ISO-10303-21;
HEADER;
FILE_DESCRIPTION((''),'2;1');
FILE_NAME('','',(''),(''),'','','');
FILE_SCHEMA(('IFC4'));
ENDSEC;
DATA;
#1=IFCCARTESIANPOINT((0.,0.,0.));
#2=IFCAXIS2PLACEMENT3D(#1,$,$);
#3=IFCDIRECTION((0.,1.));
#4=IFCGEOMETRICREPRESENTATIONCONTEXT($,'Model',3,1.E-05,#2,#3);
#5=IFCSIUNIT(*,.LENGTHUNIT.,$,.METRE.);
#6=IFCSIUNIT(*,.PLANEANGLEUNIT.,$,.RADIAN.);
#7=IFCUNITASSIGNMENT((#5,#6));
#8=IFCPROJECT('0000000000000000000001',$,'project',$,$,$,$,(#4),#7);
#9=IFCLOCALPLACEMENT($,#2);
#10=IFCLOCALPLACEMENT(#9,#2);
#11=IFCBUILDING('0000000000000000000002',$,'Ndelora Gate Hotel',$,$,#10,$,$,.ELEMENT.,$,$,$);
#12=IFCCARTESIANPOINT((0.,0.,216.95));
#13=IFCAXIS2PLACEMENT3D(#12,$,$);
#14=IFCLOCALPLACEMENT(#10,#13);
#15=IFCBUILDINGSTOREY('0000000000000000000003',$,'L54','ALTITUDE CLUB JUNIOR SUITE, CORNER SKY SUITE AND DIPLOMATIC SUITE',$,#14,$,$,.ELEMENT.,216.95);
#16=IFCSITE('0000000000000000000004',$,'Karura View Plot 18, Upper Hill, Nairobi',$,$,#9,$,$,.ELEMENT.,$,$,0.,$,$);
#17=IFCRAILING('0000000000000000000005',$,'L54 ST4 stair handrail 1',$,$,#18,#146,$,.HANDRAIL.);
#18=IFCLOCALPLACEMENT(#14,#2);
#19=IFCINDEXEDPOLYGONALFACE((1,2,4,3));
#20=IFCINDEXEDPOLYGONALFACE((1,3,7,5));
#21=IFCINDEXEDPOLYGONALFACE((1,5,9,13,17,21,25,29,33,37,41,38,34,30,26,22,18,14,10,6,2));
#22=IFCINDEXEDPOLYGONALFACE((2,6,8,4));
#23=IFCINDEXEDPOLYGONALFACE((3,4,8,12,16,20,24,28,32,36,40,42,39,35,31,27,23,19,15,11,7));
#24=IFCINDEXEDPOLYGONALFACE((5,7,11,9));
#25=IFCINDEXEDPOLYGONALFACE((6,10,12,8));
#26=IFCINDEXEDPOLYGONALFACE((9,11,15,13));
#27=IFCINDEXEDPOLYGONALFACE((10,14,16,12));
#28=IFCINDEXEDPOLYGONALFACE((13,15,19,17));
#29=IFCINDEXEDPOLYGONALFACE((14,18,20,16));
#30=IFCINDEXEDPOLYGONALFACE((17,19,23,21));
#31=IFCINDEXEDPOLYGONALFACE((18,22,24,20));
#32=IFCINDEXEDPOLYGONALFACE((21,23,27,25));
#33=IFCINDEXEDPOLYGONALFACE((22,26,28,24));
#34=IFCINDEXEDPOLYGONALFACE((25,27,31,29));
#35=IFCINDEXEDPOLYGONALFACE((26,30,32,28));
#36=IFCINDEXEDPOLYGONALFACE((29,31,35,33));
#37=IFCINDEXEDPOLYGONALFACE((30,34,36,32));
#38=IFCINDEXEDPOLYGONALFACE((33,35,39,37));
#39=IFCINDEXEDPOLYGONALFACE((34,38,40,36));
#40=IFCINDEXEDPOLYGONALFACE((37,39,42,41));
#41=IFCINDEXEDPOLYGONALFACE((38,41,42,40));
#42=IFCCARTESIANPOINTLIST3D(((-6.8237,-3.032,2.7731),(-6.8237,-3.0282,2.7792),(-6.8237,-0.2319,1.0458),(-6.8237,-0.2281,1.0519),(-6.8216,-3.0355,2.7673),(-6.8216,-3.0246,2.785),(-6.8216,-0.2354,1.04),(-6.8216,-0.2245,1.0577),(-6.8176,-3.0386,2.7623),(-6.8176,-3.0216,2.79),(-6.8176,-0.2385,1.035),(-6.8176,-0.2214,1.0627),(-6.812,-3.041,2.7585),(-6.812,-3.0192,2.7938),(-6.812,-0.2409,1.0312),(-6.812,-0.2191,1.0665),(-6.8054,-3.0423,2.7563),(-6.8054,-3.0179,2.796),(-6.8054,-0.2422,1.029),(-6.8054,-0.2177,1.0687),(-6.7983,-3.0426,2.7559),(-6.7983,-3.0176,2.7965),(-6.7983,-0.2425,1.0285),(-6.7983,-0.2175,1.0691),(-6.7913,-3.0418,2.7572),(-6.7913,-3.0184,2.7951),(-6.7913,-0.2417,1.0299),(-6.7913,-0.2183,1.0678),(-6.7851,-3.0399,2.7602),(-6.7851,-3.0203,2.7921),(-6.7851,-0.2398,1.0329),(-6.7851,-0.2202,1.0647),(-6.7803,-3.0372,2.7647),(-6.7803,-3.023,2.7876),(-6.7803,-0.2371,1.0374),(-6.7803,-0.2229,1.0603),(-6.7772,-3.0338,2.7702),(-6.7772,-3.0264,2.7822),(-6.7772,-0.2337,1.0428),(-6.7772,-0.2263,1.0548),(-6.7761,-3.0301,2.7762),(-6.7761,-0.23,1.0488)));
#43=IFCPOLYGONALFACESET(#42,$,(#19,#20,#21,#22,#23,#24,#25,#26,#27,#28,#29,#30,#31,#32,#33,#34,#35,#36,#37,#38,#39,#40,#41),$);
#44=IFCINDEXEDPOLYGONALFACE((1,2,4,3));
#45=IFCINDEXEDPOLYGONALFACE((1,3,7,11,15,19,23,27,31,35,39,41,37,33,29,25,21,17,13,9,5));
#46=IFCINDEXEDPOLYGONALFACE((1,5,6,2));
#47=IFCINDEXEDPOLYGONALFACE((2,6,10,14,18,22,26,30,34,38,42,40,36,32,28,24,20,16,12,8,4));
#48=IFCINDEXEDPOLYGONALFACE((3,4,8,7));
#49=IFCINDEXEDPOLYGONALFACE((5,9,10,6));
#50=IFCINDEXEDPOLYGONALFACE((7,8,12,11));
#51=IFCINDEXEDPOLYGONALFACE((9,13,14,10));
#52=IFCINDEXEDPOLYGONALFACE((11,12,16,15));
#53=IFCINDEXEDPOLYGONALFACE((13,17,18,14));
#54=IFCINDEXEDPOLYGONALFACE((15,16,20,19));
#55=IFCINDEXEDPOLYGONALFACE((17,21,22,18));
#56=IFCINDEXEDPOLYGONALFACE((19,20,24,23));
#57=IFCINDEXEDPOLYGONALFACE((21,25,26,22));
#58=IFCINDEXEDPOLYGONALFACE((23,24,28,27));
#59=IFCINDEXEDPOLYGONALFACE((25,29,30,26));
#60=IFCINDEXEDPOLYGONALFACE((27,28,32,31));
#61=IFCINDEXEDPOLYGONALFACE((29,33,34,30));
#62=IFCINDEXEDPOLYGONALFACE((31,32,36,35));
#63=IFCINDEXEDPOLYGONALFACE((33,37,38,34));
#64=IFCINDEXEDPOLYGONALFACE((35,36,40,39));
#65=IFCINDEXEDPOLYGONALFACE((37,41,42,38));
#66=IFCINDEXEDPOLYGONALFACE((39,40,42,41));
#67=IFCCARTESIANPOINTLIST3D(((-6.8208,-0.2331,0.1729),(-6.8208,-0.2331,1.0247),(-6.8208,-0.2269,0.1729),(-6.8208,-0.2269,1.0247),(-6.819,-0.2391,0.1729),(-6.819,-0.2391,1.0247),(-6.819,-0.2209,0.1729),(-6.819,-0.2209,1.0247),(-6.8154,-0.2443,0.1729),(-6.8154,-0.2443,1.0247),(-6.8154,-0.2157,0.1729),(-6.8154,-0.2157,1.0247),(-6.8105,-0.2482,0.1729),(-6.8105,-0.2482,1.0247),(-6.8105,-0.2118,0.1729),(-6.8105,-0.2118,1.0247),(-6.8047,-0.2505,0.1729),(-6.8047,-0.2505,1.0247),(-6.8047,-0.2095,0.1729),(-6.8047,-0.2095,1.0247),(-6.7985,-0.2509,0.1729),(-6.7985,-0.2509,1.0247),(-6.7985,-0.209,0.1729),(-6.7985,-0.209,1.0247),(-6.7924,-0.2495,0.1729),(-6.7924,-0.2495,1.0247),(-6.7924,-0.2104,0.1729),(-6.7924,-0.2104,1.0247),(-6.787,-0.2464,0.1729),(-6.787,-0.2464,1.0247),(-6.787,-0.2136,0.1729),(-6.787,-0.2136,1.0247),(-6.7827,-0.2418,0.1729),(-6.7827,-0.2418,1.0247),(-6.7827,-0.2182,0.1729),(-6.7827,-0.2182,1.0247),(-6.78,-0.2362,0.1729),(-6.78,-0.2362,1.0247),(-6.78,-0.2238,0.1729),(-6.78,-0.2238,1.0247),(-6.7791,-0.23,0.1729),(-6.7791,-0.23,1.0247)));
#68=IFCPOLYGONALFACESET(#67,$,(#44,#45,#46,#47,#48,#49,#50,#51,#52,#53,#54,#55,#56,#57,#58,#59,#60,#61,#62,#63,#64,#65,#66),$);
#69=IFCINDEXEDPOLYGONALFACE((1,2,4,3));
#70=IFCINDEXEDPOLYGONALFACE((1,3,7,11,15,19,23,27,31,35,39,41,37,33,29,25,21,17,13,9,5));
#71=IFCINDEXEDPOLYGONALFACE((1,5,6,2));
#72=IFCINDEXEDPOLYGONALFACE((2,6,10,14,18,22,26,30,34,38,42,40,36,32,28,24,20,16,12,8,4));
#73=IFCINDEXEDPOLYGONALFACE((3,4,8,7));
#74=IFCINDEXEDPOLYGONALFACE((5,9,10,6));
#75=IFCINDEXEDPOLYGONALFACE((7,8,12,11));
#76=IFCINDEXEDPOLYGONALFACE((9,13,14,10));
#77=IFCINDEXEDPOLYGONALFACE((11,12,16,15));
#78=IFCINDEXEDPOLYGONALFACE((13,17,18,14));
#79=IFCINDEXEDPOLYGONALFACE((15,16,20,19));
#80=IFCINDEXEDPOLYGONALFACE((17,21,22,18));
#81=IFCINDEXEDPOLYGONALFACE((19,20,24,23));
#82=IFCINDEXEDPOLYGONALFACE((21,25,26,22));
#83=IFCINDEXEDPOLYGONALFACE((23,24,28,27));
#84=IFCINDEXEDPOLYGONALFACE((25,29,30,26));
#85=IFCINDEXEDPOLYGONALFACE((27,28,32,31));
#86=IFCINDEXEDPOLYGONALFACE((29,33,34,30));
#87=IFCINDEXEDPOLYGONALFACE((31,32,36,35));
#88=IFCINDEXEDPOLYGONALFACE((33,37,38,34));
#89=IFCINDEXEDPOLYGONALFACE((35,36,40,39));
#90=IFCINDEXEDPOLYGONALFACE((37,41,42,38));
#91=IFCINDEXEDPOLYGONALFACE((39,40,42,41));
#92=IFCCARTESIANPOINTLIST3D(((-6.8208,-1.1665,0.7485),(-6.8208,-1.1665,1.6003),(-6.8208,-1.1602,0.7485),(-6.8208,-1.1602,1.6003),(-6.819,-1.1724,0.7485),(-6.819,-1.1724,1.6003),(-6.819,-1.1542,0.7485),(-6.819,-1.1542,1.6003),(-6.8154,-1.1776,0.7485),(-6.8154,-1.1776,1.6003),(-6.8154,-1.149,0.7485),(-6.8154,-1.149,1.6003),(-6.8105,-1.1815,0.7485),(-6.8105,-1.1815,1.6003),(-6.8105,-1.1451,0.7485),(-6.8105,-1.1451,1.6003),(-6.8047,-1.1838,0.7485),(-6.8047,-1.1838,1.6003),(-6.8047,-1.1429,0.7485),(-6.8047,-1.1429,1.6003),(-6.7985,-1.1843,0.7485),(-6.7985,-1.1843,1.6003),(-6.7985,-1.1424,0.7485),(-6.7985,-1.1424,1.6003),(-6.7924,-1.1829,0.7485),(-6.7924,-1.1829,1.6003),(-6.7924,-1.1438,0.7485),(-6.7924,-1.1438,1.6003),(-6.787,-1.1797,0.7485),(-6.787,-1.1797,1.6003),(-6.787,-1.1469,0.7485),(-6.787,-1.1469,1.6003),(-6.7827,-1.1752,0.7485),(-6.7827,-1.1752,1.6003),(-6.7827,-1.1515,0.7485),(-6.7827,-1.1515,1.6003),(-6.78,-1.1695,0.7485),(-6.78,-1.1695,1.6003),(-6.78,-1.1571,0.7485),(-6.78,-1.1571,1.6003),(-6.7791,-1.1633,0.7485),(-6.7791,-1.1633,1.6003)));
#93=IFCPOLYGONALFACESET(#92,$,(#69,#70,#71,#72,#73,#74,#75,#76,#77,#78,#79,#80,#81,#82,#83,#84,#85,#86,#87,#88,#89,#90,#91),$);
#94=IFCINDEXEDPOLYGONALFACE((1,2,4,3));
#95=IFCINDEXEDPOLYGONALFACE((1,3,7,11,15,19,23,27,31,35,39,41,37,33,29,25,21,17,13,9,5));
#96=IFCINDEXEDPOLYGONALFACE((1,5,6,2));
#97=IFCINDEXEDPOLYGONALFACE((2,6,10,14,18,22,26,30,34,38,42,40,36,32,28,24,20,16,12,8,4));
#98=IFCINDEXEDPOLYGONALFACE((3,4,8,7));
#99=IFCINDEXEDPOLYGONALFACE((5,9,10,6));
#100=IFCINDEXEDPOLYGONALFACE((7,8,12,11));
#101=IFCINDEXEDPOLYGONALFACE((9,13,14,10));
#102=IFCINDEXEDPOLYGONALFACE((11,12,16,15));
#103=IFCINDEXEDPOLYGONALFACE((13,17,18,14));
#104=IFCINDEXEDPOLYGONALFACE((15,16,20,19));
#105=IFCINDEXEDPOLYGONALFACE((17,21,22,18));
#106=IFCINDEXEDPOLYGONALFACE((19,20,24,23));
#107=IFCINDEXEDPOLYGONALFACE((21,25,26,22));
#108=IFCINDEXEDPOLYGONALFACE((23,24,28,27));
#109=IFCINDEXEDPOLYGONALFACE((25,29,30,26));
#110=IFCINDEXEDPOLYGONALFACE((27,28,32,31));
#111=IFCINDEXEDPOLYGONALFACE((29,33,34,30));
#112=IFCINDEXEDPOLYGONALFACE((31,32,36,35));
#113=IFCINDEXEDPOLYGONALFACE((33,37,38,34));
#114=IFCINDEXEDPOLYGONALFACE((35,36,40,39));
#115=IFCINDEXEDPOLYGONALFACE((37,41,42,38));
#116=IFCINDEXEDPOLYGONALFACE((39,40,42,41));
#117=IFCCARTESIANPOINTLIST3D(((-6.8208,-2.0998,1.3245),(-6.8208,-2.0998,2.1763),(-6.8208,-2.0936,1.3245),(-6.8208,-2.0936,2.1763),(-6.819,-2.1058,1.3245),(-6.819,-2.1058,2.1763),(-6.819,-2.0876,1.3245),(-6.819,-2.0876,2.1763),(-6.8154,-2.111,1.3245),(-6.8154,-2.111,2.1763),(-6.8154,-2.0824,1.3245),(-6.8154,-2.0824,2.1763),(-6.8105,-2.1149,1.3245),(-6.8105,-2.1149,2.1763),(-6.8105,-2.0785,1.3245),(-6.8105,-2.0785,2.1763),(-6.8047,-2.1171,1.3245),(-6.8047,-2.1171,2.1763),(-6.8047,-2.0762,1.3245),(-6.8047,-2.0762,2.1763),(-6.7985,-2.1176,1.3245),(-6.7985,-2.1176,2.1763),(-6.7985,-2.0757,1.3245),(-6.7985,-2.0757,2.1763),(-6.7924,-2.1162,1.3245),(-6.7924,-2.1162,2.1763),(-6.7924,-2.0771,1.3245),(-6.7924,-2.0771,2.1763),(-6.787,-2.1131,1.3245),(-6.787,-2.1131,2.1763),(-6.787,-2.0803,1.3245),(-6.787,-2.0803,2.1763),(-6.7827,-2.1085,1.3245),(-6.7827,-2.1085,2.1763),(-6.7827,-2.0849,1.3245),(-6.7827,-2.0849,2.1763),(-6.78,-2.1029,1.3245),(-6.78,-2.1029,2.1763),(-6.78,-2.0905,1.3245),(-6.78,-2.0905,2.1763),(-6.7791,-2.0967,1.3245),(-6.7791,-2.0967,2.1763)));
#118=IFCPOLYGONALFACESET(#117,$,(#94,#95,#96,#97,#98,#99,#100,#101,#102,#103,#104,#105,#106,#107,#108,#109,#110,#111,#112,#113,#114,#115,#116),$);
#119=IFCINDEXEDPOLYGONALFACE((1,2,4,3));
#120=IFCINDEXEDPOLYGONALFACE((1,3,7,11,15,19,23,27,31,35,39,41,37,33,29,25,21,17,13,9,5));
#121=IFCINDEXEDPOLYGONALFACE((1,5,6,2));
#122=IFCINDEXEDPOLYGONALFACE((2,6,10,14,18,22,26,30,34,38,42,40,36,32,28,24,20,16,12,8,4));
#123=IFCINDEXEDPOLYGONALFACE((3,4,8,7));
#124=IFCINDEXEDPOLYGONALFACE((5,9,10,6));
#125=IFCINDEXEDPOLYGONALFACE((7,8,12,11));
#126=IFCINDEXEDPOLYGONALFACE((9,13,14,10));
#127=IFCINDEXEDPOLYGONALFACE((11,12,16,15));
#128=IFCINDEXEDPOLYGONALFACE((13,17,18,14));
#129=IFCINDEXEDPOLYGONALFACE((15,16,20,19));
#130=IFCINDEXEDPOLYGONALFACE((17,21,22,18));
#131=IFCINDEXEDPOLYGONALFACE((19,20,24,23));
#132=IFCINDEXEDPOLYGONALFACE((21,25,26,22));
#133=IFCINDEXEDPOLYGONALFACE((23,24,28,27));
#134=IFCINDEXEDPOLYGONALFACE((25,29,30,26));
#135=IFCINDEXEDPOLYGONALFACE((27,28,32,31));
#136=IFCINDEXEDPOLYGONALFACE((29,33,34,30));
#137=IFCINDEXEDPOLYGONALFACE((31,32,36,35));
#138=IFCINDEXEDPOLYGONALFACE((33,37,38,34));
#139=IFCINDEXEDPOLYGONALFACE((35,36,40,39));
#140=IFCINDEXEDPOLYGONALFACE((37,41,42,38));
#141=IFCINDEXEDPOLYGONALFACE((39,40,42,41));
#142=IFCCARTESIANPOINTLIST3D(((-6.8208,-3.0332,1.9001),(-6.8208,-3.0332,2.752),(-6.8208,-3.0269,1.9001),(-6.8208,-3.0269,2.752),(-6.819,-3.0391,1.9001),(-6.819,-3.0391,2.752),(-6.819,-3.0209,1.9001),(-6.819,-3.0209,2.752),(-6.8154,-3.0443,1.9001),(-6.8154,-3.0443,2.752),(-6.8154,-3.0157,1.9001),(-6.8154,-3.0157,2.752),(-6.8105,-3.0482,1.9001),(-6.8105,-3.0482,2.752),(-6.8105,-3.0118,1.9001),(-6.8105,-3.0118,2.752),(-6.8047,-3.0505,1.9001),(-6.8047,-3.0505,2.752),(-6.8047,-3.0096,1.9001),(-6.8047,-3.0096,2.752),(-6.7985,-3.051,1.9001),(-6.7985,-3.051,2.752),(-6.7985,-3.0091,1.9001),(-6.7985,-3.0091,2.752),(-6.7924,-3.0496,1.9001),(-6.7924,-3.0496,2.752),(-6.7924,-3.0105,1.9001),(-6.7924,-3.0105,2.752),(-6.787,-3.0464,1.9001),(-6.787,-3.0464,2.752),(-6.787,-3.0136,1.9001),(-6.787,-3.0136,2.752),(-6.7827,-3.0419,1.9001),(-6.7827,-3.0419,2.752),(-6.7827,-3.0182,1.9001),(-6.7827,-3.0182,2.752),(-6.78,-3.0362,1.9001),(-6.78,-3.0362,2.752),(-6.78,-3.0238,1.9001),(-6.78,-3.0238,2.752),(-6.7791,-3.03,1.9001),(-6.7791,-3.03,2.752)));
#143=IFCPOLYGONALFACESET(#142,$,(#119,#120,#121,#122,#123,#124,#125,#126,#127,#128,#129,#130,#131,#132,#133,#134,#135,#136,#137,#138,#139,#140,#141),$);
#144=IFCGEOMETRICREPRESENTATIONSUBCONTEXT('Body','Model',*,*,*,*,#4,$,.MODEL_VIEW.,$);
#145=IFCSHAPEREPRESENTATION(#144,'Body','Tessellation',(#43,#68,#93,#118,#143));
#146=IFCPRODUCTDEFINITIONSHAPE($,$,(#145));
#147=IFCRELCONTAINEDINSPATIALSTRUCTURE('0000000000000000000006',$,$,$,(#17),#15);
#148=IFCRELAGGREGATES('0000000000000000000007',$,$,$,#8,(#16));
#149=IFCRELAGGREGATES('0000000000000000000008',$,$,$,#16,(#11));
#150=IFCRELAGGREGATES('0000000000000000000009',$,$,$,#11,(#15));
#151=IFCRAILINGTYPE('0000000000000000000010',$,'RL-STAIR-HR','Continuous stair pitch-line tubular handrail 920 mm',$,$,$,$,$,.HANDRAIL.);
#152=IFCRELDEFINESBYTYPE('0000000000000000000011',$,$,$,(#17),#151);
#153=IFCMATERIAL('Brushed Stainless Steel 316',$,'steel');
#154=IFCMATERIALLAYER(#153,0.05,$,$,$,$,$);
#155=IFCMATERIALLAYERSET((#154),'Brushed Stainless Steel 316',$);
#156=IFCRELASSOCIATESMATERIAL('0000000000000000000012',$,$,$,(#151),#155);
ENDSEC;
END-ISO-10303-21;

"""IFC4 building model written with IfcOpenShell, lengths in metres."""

from ifc_helpers import new_model, si_unit, direction, frame, origin, origin_2d, place, context, subcontext, project, spatial, circle, extrude, material, layer, layer_set, type_object, element, save


model = new_model("IFC4")

# Units and contexts
model_context = context("Model", 3, precision=1e-05, world=origin(), true_north=direction((0.0, 1.0)))
body_context = subcontext(model_context, "Body", "Model", "MODEL_VIEW")
ifc_project = project(units=[si_unit("LENGTHUNIT", "METRE"), si_unit("PLANEANGLEUNIT", "RADIAN")], contexts=[model_context])

# Site, building, storey
site_placement = place(None, origin())
site = spatial("IfcSite", under=ifc_project, at=site_placement, Name="Karura View Plot 18, Upper Hill, Nairobi", CompositionType="ELEMENT", RefElevation=0.0)
building_placement = place(site_placement, origin())
building = spatial("IfcBuilding", under=site, at=building_placement, Name="Ndelora Gate Hotel", CompositionType="ELEMENT")
storey_placement = place(building_placement, frame((0.0, 0.0, 216.95)))
storey = spatial("IfcBuildingStorey", under=building, at=storey_placement, Name="L54", Description="ALTITUDE CLUB JUNIOR SUITE, CORNER SKY SUITE AND DIPLOMATIC SUITE", CompositionType="ELEMENT", Elevation=216.95)

# Railing
ifc_material_1 = material(Name="Brushed Stainless Steel 316", Category="steel")
ifc_layer_1 = layer(ifc_material_1, 0.05)
ifc_layer_set_1 = layer_set([ifc_layer_1], Name="Brushed Stainless Steel 316")
railing_type_1 = type_object("IfcRailingType", Name="RL-STAIR-HR", Description="Continuous stair pitch-line tubular handrail 920 mm", PredefinedType="HANDRAIL", material=ifc_layer_set_1)
railing_1_placement = place(storey_placement, frame((-6.8, -0.23, 0.1729)))
element("IfcRailing", 1, at=railing_1_placement, inside=storey, type_object=railing_type_1, Name="L54 ST4 stair handrail 1", PredefinedType="HANDRAIL", context=body_context, shape_type="SweptSolid", body=[
    extrude(circle(Radius=0.0239, at=origin_2d()), frame((0.0, 0.0, 0.876), z_axis=(0.0, -0.85109, 0.52502), x_axis=(1.0, 0.0, 0.0)), (0.0, 0.0, 1.0), 3.29),
    extrude(circle(Radius=0.021, at=origin_2d()), origin(), (0.0, 0.0, 1.0), 0.8518),
    extrude(circle(Radius=0.021, at=origin_2d()), frame((0.0, -0.9333, 0.5757)), (0.0, 0.0, 1.0), 0.8518),
    extrude(circle(Radius=0.021, at=origin_2d()), frame((0.0, -1.8667, 1.1516)), (0.0, 0.0, 1.0), 0.8518),
    extrude(circle(Radius=0.021, at=origin_2d()), frame((0.0, -2.8, 1.7273)), (0.0, 0.0, 1.0), 0.8518),
])

save(model, "model.ifc")
